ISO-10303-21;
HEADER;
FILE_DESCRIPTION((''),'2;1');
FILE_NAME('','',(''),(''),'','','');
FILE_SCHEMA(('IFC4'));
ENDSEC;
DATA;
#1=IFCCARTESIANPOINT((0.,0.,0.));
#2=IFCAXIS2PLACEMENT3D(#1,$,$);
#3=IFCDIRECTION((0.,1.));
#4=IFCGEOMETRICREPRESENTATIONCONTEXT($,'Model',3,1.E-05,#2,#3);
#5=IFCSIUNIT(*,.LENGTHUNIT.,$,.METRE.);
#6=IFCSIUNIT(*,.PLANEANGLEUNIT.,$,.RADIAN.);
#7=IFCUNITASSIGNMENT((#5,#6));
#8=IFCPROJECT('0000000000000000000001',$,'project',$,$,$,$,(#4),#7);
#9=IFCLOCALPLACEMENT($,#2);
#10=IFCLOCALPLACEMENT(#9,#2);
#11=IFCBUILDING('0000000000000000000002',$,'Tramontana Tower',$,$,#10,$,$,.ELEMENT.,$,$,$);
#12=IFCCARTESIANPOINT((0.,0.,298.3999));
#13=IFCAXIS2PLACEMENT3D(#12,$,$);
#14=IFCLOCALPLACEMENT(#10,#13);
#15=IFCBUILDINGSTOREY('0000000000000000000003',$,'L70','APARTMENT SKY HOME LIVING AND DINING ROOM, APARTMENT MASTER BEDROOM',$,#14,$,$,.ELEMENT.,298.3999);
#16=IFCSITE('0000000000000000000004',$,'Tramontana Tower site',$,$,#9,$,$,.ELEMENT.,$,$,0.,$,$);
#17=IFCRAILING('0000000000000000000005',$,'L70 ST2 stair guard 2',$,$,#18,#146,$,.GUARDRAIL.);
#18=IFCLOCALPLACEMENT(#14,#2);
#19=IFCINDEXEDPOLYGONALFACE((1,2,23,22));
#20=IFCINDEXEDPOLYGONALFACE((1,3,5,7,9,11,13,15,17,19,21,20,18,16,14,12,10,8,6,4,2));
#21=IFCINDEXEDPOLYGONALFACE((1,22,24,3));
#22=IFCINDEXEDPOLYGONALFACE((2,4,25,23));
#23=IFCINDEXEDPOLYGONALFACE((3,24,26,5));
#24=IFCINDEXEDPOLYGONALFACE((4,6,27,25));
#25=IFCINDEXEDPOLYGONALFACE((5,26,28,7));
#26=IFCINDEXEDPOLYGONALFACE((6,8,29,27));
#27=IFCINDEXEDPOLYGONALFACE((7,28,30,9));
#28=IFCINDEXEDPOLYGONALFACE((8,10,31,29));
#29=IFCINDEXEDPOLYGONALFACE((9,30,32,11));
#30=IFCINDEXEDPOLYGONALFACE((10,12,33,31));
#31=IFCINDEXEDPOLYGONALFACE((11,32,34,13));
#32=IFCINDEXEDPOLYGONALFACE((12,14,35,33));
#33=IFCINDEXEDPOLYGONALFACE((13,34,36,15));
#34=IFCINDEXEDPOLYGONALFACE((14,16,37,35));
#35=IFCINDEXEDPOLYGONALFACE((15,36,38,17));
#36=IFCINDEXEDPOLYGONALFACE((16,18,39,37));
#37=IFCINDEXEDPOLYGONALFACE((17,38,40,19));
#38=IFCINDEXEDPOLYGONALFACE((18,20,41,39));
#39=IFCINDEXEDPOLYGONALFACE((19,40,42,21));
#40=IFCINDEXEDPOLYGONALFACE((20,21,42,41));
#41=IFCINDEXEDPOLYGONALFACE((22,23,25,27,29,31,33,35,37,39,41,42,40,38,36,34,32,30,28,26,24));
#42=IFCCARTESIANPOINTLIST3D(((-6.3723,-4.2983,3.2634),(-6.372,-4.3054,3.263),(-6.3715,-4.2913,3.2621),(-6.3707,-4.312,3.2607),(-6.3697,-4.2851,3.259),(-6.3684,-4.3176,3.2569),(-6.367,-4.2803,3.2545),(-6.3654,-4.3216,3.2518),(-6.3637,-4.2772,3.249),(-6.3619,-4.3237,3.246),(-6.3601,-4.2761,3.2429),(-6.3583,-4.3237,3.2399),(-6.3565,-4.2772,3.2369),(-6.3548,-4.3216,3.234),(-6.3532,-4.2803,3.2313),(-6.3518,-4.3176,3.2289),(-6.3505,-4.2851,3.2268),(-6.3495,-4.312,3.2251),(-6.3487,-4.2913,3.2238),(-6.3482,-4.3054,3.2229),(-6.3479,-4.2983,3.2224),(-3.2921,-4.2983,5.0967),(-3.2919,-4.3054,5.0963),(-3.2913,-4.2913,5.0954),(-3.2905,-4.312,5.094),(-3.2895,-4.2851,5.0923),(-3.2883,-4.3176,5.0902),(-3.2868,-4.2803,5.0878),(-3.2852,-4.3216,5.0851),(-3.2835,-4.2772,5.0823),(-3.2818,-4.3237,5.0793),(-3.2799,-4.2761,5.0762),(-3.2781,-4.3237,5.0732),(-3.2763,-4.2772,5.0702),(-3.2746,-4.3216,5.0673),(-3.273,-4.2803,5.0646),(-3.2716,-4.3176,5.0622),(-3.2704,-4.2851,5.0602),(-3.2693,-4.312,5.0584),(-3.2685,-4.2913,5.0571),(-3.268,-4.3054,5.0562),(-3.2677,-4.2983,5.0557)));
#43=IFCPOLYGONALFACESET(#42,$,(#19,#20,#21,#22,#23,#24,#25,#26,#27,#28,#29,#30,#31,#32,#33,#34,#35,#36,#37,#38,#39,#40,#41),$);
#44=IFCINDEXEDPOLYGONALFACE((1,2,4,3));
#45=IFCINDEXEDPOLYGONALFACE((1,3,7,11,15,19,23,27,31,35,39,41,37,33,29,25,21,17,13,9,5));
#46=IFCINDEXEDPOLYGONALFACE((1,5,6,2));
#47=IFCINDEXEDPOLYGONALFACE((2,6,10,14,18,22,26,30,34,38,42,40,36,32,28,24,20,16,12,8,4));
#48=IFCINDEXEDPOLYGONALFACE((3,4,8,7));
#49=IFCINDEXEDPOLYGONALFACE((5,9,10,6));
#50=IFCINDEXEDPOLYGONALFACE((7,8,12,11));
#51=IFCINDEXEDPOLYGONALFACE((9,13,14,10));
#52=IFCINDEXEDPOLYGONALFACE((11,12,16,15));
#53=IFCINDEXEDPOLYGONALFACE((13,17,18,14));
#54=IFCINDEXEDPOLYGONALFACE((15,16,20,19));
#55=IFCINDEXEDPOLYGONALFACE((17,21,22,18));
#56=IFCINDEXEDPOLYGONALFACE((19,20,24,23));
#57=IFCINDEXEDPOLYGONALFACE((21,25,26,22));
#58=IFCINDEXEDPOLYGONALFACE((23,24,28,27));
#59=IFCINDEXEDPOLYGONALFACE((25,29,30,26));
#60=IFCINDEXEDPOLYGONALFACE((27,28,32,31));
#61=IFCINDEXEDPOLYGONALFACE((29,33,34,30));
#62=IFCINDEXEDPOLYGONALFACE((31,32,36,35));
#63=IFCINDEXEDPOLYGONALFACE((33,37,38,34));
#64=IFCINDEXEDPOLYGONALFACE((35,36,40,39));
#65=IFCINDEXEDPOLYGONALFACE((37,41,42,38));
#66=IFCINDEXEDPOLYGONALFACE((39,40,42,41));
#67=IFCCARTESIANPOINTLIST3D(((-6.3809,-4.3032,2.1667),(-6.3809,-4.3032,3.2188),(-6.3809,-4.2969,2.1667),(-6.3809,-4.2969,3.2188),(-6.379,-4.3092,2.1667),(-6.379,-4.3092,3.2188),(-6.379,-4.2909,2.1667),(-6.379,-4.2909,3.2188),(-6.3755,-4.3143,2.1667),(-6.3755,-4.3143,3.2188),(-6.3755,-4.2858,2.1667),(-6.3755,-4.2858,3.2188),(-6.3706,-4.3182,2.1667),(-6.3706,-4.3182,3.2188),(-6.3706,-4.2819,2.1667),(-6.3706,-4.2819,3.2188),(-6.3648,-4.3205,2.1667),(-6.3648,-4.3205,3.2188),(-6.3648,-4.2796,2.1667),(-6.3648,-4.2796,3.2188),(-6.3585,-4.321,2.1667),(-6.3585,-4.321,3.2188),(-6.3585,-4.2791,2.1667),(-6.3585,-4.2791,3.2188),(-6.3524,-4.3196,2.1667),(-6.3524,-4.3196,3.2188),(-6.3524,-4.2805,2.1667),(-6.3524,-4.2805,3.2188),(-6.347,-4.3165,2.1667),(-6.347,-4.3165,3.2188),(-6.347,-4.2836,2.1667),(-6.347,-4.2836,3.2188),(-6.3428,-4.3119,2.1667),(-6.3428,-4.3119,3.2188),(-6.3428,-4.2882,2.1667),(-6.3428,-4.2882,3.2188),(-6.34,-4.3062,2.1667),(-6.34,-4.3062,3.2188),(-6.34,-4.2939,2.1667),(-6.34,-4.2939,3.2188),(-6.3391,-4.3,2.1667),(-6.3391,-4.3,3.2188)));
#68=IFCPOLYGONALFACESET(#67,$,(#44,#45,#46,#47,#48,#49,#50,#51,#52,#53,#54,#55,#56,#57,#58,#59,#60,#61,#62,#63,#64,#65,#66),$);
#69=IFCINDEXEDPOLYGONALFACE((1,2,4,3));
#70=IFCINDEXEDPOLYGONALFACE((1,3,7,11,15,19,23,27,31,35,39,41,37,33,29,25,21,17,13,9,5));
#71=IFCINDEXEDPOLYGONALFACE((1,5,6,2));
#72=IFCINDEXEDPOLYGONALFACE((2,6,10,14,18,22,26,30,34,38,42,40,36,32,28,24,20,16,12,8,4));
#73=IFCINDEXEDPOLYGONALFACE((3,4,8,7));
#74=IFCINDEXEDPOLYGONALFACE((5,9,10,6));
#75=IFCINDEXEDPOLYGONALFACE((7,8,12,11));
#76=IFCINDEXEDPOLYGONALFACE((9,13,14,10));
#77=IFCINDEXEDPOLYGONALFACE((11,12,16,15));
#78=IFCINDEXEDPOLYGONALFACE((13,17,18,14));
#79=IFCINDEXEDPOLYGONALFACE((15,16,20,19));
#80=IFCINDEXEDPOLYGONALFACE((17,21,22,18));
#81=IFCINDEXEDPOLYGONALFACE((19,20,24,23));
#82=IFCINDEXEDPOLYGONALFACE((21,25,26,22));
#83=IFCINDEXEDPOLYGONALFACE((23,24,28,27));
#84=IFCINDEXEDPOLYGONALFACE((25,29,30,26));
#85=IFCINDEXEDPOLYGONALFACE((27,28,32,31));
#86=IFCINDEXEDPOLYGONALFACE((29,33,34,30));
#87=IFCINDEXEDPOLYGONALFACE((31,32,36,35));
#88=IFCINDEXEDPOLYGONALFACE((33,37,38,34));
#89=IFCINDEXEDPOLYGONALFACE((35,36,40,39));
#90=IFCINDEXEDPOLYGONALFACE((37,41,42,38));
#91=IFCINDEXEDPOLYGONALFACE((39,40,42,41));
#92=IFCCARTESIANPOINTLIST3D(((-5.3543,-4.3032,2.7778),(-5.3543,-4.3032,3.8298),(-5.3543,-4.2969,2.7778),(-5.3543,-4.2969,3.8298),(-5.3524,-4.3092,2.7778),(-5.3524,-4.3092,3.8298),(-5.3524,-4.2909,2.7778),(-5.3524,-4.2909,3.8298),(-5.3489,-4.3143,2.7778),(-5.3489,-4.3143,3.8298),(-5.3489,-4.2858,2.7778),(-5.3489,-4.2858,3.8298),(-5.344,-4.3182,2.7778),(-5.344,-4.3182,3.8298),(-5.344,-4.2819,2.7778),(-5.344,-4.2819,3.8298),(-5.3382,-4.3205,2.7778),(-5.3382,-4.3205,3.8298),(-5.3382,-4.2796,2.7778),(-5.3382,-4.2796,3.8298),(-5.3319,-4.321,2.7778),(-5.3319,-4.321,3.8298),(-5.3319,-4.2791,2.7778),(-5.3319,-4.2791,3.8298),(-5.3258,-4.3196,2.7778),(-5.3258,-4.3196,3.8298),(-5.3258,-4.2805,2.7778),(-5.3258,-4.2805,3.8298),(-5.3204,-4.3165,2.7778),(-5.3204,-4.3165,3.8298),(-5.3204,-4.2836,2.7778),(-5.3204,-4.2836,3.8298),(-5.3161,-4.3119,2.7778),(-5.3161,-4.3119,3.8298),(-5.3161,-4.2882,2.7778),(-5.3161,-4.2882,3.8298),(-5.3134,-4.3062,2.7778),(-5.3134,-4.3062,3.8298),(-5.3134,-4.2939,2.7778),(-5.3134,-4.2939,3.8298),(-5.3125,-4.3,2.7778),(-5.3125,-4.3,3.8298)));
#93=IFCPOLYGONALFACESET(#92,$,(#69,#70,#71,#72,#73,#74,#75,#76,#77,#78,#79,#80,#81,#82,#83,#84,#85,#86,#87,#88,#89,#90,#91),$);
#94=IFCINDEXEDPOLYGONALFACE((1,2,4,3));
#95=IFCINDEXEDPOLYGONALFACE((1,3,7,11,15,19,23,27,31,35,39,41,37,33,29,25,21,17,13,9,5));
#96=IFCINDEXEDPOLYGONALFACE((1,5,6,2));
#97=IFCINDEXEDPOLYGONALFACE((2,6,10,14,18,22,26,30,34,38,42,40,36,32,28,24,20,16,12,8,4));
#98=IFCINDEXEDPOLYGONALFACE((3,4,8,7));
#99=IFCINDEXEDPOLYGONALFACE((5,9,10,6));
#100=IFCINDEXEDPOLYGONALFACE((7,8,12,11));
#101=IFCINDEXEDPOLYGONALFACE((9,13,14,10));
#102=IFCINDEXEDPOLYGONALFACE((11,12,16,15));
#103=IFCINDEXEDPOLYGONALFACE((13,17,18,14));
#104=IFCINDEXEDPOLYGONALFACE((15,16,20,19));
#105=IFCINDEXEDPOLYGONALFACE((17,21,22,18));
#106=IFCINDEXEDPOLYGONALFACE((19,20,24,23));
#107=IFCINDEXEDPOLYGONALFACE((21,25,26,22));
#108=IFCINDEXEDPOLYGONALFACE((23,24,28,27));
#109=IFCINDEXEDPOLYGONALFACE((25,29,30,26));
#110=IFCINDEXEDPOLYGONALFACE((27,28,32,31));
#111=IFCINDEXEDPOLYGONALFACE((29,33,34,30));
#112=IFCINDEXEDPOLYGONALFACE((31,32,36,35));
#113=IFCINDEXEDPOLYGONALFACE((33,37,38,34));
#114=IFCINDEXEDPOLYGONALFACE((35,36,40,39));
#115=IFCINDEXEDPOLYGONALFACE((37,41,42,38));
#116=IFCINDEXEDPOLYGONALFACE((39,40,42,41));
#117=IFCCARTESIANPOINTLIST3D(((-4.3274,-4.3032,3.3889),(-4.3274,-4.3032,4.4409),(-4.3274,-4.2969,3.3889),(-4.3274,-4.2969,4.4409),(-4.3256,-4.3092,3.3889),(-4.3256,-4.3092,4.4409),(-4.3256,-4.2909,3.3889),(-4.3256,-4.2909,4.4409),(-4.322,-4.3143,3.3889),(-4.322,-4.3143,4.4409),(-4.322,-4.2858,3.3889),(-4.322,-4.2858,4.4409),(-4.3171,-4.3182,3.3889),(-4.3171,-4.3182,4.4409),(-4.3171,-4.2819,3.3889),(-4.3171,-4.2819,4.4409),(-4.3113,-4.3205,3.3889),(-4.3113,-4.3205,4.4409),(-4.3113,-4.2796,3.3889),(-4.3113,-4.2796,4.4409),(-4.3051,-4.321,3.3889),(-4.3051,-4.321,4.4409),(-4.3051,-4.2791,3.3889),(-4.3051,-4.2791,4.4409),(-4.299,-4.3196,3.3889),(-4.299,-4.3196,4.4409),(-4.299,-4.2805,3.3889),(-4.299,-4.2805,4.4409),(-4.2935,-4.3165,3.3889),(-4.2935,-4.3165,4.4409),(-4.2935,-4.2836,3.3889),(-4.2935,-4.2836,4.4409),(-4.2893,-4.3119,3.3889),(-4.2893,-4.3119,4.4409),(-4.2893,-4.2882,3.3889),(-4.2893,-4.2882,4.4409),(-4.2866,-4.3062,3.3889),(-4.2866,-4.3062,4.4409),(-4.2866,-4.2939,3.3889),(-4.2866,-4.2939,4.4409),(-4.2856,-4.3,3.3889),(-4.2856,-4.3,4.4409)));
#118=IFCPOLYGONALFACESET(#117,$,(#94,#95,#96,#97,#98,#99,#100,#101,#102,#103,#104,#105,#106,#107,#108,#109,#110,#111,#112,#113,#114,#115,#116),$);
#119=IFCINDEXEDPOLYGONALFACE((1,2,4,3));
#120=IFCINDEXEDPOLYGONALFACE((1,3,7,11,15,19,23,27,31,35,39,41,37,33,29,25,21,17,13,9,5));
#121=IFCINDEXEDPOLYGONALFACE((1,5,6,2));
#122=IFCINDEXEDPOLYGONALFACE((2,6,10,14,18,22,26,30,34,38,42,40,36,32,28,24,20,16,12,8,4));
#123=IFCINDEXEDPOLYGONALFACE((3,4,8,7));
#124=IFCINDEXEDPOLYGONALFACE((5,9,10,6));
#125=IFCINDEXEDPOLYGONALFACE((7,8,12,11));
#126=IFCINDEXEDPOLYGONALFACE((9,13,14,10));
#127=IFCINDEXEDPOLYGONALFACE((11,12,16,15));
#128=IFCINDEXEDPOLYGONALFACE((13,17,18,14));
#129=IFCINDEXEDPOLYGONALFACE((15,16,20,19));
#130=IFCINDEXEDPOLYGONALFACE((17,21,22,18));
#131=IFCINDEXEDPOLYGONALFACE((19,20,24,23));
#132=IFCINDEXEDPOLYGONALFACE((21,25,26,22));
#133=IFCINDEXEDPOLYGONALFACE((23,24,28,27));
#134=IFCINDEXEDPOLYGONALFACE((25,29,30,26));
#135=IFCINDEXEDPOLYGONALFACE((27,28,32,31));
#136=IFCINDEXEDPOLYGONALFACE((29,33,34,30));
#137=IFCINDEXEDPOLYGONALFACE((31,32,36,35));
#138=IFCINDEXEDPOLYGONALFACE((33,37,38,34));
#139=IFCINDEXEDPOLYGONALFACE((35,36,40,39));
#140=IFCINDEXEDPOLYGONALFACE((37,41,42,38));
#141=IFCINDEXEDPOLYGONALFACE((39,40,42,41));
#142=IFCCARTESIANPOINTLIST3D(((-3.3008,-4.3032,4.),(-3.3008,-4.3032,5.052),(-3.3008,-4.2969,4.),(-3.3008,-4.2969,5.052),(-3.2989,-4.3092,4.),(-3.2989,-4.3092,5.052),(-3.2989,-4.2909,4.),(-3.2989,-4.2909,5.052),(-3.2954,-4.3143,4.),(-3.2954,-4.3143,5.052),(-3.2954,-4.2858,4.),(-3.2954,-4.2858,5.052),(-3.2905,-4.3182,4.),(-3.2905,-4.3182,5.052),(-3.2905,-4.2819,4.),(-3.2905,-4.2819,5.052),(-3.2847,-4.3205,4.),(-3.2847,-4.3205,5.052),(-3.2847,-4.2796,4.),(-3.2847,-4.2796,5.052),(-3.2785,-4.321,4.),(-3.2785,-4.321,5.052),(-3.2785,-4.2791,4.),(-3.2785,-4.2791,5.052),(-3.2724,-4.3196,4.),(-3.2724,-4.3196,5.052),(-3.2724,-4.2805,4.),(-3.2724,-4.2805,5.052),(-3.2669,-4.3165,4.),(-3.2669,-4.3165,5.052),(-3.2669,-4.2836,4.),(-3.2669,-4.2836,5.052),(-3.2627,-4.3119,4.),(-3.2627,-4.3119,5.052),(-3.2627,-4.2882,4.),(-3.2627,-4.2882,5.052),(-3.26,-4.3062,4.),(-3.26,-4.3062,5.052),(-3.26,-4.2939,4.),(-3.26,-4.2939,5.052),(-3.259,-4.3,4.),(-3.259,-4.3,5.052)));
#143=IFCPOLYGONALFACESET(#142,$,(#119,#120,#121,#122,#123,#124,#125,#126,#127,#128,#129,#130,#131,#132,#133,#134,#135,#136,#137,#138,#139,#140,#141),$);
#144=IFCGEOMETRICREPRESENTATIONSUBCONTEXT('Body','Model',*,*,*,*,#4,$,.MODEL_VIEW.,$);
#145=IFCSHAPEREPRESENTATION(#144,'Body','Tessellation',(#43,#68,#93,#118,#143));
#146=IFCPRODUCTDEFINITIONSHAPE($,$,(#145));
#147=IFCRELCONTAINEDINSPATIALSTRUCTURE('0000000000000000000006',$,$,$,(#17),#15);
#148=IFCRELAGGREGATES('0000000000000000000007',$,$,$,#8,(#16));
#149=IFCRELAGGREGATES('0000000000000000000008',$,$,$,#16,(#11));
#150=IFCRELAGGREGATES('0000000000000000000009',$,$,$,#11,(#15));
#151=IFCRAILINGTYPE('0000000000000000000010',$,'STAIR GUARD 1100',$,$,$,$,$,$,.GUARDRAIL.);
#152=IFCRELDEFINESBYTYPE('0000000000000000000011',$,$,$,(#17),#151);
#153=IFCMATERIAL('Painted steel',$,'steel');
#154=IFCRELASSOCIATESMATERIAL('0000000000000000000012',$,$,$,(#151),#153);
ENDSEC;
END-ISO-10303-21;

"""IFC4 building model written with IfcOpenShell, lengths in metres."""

from ifc_helpers import new_model, si_unit, direction, frame, origin, origin_2d, place, context, subcontext, project, spatial, circle, extrude, material, type_object, element, save


model = new_model("IFC4")

# Units and contexts
model_context = context("Model", 3, precision=1e-05, world=origin(), true_north=direction((0.0, 1.0)))
body_context = subcontext(model_context, "Body", "Model", "MODEL_VIEW")
ifc_project = project(units=[si_unit("LENGTHUNIT", "METRE"), si_unit("PLANEANGLEUNIT", "RADIAN")], contexts=[model_context])

# Site, building, storey
site_placement = place(None, origin())
site = spatial("IfcSite", under=ifc_project, at=site_placement, Name="Tramontana Tower site", CompositionType="ELEMENT", RefElevation=0.0)
building_placement = place(site_placement, origin())
building = spatial("IfcBuilding", under=site, at=building_placement, Name="Tramontana Tower", CompositionType="ELEMENT")
storey_placement = place(building_placement, frame((0.0, 0.0, 298.3999)))
storey = spatial("IfcBuildingStorey", under=building, at=storey_placement, Name="L70", Description="APARTMENT SKY HOME LIVING AND DINING ROOM, APARTMENT MASTER BEDROOM", CompositionType="ELEMENT", Elevation=298.3999)

# Railing
ifc_material_1 = material(Name="Painted steel", Category="steel")
railing_type_1 = type_object("IfcRailingType", Name="STAIR GUARD 1100", PredefinedType="GUARDRAIL", material=ifc_material_1)
railing_1_placement = place(storey_placement, frame((-6.3601, -4.3, 2.1667)))
element("IfcRailing", 1, at=railing_1_placement, inside=storey, type_object=railing_type_1, Name="L70 ST2 stair guard 2", PredefinedType="GUARDRAIL", context=body_context, shape_type="SweptSolid", body=[
    extrude(circle(Radius=0.0239, at=origin_2d()), frame((0.0, 0.0, 1.0762), z_axis=(0.859309, 0.0, 0.511458), x_axis=(0.0, 1.0, 0.0)), (0.0, 0.0, 1.0), 3.5845),
    extrude(circle(Radius=0.021, at=origin_2d()), origin(), (0.0, 0.0, 1.0), 1.052),
    extrude(circle(Radius=0.021, at=origin_2d()), frame((1.0266, 0.0, 0.6111)), (0.0, 0.0, 1.0), 1.052),
    extrude(circle(Radius=0.021, at=origin_2d()), frame((2.0535, 0.0, 1.2222)), (0.0, 0.0, 1.0), 1.052),
    extrude(circle(Radius=0.021, at=origin_2d()), frame((3.0801, 0.0, 1.8333)), (0.0, 0.0, 1.0), 1.052),
])

save(model, "model.ifc")
